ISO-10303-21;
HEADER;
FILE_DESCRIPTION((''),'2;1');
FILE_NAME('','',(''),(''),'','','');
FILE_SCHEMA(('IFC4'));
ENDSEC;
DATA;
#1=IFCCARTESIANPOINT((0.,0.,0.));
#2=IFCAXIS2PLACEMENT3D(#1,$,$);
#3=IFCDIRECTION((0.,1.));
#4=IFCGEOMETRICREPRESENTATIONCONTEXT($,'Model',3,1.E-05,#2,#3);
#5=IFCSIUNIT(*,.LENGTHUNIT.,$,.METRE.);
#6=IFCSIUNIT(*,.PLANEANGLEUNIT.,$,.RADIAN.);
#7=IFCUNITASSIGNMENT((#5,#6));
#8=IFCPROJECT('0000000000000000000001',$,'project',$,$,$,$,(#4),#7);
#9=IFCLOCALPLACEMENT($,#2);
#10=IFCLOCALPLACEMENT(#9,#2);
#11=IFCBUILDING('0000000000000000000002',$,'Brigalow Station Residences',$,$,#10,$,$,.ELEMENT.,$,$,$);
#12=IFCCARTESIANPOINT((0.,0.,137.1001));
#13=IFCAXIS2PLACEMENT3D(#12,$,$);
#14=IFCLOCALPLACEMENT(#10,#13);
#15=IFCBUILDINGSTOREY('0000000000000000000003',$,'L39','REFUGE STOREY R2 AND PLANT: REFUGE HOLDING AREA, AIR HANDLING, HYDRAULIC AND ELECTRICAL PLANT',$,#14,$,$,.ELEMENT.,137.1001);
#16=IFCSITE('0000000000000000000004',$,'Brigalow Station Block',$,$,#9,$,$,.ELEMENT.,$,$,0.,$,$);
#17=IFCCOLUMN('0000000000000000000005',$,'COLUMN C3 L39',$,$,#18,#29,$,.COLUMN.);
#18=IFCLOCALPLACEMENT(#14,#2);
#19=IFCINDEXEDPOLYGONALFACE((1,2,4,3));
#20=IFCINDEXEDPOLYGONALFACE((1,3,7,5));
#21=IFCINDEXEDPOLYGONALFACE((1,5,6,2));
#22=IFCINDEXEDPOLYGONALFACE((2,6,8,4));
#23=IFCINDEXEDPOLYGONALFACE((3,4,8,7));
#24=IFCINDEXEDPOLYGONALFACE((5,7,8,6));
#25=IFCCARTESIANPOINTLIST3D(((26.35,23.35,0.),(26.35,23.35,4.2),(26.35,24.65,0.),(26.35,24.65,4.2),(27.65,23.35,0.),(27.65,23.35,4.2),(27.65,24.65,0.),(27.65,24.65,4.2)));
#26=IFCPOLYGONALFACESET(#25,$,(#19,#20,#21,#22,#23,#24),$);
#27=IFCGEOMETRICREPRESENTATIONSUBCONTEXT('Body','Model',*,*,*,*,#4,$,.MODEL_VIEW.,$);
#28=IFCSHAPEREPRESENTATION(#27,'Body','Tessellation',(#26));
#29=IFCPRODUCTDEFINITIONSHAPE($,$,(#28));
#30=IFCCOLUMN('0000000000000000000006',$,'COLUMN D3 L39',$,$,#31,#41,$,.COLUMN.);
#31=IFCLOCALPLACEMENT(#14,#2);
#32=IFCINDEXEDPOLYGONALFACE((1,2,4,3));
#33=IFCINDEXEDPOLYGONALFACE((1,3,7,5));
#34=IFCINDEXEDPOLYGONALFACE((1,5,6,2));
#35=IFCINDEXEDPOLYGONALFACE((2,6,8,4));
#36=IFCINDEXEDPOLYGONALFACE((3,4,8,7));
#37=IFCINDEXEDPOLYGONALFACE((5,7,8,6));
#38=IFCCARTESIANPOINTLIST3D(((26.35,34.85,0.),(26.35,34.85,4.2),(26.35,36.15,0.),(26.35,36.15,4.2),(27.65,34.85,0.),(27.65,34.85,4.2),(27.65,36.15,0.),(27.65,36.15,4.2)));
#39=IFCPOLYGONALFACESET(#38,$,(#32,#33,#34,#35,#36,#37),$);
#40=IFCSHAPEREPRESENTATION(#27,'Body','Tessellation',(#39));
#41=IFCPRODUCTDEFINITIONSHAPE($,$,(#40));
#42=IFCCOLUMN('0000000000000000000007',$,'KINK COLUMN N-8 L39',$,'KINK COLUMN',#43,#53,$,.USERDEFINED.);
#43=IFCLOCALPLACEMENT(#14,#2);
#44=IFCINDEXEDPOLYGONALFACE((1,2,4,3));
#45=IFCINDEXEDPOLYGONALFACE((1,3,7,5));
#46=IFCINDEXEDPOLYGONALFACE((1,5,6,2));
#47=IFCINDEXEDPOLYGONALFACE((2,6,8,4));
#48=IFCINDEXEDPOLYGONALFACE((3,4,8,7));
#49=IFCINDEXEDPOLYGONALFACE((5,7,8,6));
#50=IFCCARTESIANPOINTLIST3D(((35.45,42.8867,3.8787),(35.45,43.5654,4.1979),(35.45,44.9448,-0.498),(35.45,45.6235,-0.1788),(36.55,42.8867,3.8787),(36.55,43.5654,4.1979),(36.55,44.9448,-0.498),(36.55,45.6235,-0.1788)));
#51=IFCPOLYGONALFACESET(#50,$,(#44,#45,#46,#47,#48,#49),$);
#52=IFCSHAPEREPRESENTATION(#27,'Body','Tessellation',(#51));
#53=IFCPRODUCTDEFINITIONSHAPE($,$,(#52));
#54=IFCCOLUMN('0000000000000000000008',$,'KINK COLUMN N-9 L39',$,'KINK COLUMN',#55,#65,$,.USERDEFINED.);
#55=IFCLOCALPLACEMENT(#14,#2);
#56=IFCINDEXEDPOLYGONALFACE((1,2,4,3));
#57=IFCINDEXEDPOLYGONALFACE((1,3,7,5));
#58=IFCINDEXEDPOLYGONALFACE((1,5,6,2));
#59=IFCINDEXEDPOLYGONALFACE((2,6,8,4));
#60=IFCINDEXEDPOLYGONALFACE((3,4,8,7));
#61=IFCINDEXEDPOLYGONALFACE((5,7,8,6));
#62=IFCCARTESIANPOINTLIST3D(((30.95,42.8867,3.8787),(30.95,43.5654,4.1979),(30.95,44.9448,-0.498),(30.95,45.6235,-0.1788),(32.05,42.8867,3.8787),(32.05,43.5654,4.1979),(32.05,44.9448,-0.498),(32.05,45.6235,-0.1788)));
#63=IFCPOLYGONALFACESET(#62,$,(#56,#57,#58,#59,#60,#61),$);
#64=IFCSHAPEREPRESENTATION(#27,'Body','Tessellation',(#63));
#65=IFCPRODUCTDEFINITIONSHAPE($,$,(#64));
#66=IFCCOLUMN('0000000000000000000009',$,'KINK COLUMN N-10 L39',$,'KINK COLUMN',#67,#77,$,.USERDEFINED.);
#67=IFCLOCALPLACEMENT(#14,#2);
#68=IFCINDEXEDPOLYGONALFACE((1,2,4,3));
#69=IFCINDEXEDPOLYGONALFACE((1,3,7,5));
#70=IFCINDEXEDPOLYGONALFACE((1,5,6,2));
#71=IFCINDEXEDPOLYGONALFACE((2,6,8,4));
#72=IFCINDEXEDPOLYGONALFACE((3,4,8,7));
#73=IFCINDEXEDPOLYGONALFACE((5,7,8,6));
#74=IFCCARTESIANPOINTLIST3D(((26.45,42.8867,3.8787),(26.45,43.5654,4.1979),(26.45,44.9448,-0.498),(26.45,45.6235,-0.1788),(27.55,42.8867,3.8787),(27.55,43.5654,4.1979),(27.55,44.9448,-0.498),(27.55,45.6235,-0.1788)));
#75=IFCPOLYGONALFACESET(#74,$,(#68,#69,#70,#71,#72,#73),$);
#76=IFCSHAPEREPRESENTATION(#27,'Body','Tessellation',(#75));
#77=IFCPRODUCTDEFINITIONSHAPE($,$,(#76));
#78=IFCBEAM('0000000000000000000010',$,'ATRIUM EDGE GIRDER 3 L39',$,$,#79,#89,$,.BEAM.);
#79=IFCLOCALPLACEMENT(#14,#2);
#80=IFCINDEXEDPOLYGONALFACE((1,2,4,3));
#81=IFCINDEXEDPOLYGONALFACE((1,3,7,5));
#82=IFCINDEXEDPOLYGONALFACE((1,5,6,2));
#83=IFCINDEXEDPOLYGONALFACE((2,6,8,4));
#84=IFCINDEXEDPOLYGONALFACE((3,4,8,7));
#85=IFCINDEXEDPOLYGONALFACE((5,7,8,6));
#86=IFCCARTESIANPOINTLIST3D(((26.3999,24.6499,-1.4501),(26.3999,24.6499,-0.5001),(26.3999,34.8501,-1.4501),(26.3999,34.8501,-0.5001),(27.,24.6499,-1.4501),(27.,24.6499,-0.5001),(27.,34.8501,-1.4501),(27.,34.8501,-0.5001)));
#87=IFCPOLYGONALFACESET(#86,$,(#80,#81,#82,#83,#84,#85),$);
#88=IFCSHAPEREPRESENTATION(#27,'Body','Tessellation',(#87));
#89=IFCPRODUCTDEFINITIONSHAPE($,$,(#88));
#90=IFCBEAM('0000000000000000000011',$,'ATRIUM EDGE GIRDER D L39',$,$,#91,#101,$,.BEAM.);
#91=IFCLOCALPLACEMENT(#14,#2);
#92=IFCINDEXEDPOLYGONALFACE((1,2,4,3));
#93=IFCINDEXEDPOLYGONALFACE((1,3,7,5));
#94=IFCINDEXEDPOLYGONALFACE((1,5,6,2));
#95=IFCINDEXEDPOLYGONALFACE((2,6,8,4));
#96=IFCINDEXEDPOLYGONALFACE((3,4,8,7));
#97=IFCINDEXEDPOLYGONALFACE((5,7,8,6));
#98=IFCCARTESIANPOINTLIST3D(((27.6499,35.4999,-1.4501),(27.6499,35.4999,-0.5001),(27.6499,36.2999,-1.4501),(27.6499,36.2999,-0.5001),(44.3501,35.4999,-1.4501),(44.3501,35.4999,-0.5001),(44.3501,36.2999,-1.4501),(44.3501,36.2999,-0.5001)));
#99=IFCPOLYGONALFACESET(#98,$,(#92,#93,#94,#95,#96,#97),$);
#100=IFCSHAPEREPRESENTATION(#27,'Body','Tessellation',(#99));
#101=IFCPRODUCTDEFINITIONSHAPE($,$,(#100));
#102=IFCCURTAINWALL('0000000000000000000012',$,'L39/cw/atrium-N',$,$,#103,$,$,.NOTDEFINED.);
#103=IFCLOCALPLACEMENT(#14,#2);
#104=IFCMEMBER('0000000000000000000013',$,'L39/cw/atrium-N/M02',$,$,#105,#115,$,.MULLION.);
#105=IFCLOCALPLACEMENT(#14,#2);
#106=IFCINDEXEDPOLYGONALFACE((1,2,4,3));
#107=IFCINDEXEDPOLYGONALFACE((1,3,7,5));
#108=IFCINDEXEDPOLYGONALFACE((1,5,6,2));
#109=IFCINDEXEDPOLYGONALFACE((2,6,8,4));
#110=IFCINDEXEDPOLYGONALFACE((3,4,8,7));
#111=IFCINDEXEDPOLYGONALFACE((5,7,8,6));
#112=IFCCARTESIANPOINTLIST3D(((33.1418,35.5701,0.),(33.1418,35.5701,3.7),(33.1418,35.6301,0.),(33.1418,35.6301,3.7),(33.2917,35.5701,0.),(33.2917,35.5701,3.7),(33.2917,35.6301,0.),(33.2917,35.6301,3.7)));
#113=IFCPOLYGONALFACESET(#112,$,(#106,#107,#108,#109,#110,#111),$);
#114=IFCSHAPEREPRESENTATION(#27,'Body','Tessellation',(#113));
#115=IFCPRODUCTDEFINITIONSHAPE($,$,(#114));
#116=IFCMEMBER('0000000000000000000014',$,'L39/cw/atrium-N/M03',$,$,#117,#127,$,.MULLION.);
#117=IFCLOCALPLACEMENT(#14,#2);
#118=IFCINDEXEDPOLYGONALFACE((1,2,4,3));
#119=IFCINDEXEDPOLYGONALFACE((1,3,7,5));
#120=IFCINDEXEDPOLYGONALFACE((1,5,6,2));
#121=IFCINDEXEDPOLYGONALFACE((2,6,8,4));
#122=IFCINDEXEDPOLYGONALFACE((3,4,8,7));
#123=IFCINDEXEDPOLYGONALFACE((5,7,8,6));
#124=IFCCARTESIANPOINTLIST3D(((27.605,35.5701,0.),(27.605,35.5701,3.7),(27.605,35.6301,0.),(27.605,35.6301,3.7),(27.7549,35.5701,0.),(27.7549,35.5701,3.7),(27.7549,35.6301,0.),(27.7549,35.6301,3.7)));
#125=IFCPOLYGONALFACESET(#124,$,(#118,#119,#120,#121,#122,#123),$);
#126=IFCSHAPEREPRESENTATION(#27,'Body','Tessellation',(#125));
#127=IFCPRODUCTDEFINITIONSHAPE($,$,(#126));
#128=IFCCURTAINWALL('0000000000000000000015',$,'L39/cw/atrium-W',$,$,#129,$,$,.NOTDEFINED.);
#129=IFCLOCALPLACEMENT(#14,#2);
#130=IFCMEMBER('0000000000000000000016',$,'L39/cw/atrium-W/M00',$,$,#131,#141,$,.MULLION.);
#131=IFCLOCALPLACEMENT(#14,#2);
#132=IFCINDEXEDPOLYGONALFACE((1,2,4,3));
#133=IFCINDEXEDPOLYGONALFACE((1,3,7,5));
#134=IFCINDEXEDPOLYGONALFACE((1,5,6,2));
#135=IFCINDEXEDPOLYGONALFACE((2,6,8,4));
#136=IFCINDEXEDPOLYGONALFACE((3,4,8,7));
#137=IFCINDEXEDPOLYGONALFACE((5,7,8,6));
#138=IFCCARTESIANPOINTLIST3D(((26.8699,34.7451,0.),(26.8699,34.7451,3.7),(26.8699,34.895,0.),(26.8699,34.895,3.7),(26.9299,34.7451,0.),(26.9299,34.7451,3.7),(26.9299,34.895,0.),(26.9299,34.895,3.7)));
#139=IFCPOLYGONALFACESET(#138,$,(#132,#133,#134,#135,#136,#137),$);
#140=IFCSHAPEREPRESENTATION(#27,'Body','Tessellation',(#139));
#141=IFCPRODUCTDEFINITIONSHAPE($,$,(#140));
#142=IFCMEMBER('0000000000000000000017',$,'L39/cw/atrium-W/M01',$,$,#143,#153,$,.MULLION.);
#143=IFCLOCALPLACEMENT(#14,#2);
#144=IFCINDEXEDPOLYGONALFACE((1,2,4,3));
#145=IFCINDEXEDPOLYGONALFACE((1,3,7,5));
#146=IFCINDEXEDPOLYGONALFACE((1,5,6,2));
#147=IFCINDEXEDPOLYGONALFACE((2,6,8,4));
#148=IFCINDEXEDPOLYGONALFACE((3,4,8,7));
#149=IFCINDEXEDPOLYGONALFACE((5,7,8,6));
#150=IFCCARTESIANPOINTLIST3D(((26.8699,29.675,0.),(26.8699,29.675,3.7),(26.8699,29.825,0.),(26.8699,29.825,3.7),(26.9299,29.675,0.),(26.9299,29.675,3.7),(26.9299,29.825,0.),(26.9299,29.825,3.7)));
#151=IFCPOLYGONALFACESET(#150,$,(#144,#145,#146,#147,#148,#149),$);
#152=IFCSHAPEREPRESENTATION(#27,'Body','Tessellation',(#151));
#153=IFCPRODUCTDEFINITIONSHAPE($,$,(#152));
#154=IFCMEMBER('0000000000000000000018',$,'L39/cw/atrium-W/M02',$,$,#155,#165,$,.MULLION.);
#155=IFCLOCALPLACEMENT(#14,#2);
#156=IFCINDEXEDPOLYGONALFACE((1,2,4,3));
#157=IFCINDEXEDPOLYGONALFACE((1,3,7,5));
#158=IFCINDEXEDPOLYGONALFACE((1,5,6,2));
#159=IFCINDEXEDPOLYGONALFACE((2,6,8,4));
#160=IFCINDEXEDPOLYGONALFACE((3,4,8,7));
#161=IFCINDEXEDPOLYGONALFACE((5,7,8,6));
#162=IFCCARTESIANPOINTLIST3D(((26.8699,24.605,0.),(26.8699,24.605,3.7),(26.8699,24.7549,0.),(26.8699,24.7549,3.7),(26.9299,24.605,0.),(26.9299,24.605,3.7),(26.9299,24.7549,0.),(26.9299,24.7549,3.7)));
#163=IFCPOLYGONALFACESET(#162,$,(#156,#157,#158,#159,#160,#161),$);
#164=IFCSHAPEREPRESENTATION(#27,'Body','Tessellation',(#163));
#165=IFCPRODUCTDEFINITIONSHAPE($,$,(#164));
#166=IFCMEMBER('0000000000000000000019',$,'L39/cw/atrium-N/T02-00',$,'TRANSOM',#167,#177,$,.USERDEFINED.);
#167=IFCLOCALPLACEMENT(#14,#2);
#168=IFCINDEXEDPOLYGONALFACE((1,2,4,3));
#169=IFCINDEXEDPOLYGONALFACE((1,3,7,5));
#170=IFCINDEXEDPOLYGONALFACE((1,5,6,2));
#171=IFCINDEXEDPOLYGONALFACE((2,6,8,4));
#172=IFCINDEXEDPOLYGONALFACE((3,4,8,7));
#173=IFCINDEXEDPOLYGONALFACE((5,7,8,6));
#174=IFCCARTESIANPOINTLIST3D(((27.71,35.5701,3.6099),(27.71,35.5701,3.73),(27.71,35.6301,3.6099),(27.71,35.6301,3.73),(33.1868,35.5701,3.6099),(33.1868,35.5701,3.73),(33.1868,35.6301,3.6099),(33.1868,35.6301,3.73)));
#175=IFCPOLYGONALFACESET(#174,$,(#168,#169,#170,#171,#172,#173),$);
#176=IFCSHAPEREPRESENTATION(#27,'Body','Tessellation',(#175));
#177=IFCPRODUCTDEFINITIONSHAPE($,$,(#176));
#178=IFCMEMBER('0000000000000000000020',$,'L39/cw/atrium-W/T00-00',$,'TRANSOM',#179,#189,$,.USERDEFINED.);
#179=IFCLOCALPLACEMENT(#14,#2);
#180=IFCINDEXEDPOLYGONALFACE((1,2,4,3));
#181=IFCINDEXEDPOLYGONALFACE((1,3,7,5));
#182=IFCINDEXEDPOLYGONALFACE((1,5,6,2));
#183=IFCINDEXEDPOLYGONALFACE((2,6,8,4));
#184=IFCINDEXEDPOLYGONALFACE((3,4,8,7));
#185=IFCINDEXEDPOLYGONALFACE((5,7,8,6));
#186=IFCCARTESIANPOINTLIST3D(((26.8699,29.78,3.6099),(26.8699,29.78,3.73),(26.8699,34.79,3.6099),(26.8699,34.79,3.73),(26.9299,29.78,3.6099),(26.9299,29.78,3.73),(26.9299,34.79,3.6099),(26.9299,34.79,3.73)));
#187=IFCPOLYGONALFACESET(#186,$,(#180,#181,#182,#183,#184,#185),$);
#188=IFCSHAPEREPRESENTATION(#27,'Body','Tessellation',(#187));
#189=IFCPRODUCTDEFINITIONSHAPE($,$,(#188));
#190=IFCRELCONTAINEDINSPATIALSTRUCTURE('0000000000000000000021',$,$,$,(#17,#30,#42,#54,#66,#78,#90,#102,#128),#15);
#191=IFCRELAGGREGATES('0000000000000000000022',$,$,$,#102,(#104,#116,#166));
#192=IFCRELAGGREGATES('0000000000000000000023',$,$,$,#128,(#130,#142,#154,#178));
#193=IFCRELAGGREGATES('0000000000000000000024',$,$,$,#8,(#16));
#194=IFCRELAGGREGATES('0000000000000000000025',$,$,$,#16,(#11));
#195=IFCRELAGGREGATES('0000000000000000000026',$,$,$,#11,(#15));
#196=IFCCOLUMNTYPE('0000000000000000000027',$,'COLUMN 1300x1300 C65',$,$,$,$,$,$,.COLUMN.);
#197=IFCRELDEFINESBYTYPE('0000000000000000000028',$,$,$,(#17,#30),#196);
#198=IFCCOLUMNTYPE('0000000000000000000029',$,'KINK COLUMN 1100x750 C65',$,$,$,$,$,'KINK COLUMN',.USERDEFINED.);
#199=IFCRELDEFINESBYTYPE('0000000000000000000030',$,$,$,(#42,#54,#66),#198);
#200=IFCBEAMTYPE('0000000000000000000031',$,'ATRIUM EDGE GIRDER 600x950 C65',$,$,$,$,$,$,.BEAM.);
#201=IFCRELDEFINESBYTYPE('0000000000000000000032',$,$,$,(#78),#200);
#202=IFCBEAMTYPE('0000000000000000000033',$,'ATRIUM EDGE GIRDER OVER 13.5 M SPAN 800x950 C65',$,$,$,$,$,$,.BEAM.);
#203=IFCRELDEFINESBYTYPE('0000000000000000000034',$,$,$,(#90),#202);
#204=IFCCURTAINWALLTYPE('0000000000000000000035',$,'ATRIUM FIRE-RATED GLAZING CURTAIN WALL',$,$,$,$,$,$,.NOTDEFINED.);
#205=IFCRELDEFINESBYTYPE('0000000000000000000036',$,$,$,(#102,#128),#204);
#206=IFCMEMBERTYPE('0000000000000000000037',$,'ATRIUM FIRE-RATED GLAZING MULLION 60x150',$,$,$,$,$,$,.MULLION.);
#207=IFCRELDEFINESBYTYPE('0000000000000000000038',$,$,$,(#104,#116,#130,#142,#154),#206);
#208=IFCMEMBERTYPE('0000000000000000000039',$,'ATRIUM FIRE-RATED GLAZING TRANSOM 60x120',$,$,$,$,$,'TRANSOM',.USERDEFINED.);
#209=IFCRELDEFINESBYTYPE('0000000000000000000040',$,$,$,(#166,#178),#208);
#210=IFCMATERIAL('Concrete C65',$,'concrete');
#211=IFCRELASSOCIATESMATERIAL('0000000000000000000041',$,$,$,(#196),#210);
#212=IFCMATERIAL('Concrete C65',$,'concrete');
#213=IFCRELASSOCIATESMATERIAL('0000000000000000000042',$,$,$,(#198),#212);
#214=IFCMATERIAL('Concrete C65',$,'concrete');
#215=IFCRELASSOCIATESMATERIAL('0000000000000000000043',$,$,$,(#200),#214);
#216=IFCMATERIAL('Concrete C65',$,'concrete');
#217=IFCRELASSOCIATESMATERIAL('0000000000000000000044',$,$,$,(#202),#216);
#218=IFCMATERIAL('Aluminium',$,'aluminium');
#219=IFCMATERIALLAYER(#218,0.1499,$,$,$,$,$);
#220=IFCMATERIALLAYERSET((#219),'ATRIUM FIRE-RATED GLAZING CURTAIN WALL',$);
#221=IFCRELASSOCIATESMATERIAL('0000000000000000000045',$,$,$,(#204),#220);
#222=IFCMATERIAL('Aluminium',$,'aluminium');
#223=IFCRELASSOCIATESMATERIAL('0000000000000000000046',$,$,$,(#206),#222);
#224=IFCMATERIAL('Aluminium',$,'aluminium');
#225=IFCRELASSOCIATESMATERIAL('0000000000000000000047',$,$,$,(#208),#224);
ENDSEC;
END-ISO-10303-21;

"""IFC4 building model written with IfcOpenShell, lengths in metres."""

from ifc_helpers import new_model, si_unit, direction, frame, origin, origin_2d, place, context, subcontext, project, spatial, rectangle, extrude, material, layer, layer_set, material_profile, profile_set, type_object, element, aggregate, save


model = new_model("IFC4")

# Units and contexts
model_context = context("Model", 3, precision=1e-05, world=origin(), true_north=direction((0.0, 1.0)))
body_context = subcontext(model_context, "Body", "Model", "MODEL_VIEW")
ifc_project = project(units=[si_unit("LENGTHUNIT", "METRE"), si_unit("PLANEANGLEUNIT", "RADIAN")], contexts=[model_context])

# Site, building, storey
site_placement = place(None, origin())
site = spatial("IfcSite", under=ifc_project, at=site_placement, Name="Brigalow Station Block", CompositionType="ELEMENT", RefElevation=0.0)
building_placement = place(site_placement, origin())
building = spatial("IfcBuilding", under=site, at=building_placement, Name="Brigalow Station Residences", CompositionType="ELEMENT")
storey_placement = place(building_placement, frame((0.0, 0.0, 137.1001)))
storey = spatial("IfcBuildingStorey", under=building, at=storey_placement, Name="L39", Description="REFUGE STOREY R2 AND PLANT: REFUGE HOLDING AREA, AIR HANDLING, HYDRAULIC AND ELECTRICAL PLANT", CompositionType="ELEMENT", Elevation=137.1001)

# Columns
ifc_material_1 = material(Name="Concrete C65", Category="concrete")
ifc_material_profile_1 = material_profile(ifc_material_1, rectangle(XDim=1.3, YDim=1.3, at=origin_2d()), Name="RC1300x1300")
ifc_profile_set_1 = profile_set([ifc_material_profile_1], Name="Concrete C65")
column_type_1 = type_object("IfcColumnType", Name="COLUMN 1300x1300 C65", PredefinedType="COLUMN", material=ifc_profile_set_1)
for number, where, z_axis, x_axis, name in (
    (1, (27.0, 24.0, 0.0), (0.0, 0.0, 1.0), (1.0, 0.0, 0.0), "COLUMN C3 L39"),
    (2, (27.0, 35.5, 0.0), (0.0, 0.0, 1.0), (1.0, 0.0, 0.0), "COLUMN D3 L39"),
):
    element("IfcColumn", number, at=place(storey_placement, frame(where, z_axis=z_axis, x_axis=x_axis)), inside=storey, type_object=column_type_1, Name=name, PredefinedType="COLUMN", context=body_context, shape_type="SweptSolid", body=[
        extrude(rectangle(XDim=1.3, YDim=1.3, at=origin_2d()), origin(), (0.0, 0.0, 1.0), 4.2),
    ])
ifc_material_2 = material(Name="Concrete C65", Category="concrete")
ifc_material_profile_2 = material_profile(ifc_material_2, rectangle(XDim=1.1001, YDim=0.75, at=origin_2d()), Name="RC1100x750")
ifc_profile_set_2 = profile_set([ifc_material_profile_2], Name="Concrete C65")
column_type_2 = type_object("IfcColumnType", Name="KINK COLUMN 1100x750 C65", ElementType="KINK COLUMN", PredefinedType="USERDEFINED", material=ifc_profile_set_2)
for number, where, z_axis, x_axis, name in (
    (3, (36.0, 45.2842, -0.3384), (0.0, -0.425539, 0.90494), (1.0, 0.0, 0.0), "KINK COLUMN N-8 L39"),
    (4, (31.5, 45.2842, -0.3384), (0.0, -0.425539, 0.90494), (1.0, 0.0, 0.0), "KINK COLUMN N-9 L39"),
    (5, (27.0, 45.2842, -0.3384), (0.0, -0.425539, 0.90494), (1.0, 0.0, 0.0), "KINK COLUMN N-10 L39"),
):
    element("IfcColumn", number, at=place(storey_placement, frame(where, z_axis=z_axis, x_axis=x_axis)), inside=storey, type_object=column_type_2, Name=name, ObjectType="KINK COLUMN", PredefinedType="USERDEFINED", context=body_context, shape_type="SweptSolid", body=[
        extrude(rectangle(XDim=1.1001, YDim=0.75, at=origin_2d()), origin(), (0.0, 0.0, 1.0), 4.8364),
    ])

# Beams
ifc_material_3 = material(Name="Concrete C65", Category="concrete")
ifc_material_profile_3 = material_profile(ifc_material_3, rectangle(XDim=0.6001, YDim=0.95, at=origin_2d()), Name="RC600x950")
ifc_profile_set_3 = profile_set([ifc_material_profile_3], Name="Concrete C65")
beam_type_1 = type_object("IfcBeamType", Name="ATRIUM EDGE GIRDER 600x950 C65", PredefinedType="BEAM", material=ifc_profile_set_3)
beam_1_placement = place(storey_placement, frame((26.7, 24.6499, -0.9751), z_axis=(0.0, 1.0, 0.0), x_axis=(-1.0, 0.0, 0.0)))
element("IfcBeam", 6, at=beam_1_placement, inside=storey, type_object=beam_type_1, Name="ATRIUM EDGE GIRDER 3 L39", PredefinedType="BEAM", context=body_context, shape_type="SweptSolid", body=[
    extrude(rectangle(XDim=0.6001, YDim=0.95, at=origin_2d()), origin(), (0.0, 0.0, 1.0), 10.2002),
])
ifc_material_4 = material(Name="Concrete C65", Category="concrete")
ifc_material_profile_4 = material_profile(ifc_material_4, rectangle(XDim=0.8, YDim=0.95, at=origin_2d()), Name="RC800x950")
ifc_profile_set_4 = profile_set([ifc_material_profile_4], Name="Concrete C65")
beam_type_2 = type_object("IfcBeamType", Name="ATRIUM EDGE GIRDER OVER 13.5 M SPAN 800x950 C65", PredefinedType="BEAM", material=ifc_profile_set_4)
beam_2_placement = place(storey_placement, frame((27.6499, 35.8999, -0.9751), z_axis=(1.0, 0.0, 0.0), x_axis=(0.0, 1.0, 0.0)))
element("IfcBeam", 7, at=beam_2_placement, inside=storey, type_object=beam_type_2, Name="ATRIUM EDGE GIRDER D L39", PredefinedType="BEAM", context=body_context, shape_type="SweptSolid", body=[
    extrude(rectangle(XDim=0.8, YDim=0.95, at=origin_2d()), origin(), (0.0, 0.0, 1.0), 16.7002),
])

# Curtain walls, members
ifc_material_5 = material(Name="Aluminium", Category="aluminium")
ifc_layer_1 = layer(ifc_material_5, 0.1499)
ifc_layer_set_1 = layer_set([ifc_layer_1], Name="ATRIUM FIRE-RATED GLAZING CURTAIN WALL")
curtain_wall_type_1 = type_object("IfcCurtainWallType", Name="ATRIUM FIRE-RATED GLAZING CURTAIN WALL", PredefinedType="NOTDEFINED", material=ifc_layer_set_1)
curtain_wall_1_placement = place(storey_placement, origin())
curtain_wall_1 = element("IfcCurtainWall", 8, at=curtain_wall_1_placement, inside=storey, type_object=curtain_wall_type_1, Name="L39/cw/atrium-N", PredefinedType="NOTDEFINED")
ifc_material_6 = material(Name="Aluminium", Category="aluminium")
ifc_material_profile_5 = material_profile(ifc_material_6, rectangle(XDim=0.0601, YDim=0.1499, at=origin_2d()), Name="ATRIUM FIRE-RATED GLAZING MULLION 60x150")
ifc_profile_set_5 = profile_set([ifc_material_profile_5], Name="Aluminium")
member_type_1 = type_object("IfcMemberType", Name="ATRIUM FIRE-RATED GLAZING MULLION 60x150", PredefinedType="MULLION", material=ifc_profile_set_5)
member_1_placement = place(storey_placement, frame((33.2168, 35.6001, 0.0), z_axis=(0.0, 0.0, 1.0), x_axis=(0.0, -1.0, 0.0)))
member_1 = element("IfcMember", 9, at=member_1_placement, type_object=member_type_1, Name="L39/cw/atrium-N/M02", PredefinedType="MULLION", context=body_context, shape_type="SweptSolid", body=[
    extrude(rectangle(XDim=0.0601, YDim=0.1499, at=origin_2d()), origin(), (0.0, 0.0, 1.0), 3.7),
])
member_2_placement = place(storey_placement, frame((27.6799, 35.6001, 0.0), z_axis=(0.0, 0.0, 1.0), x_axis=(0.0, -1.0, 0.0)))
member_2 = element("IfcMember", 10, at=member_2_placement, type_object=member_type_1, Name="L39/cw/atrium-N/M03", PredefinedType="MULLION", context=body_context, shape_type="SweptSolid", body=[
    extrude(rectangle(XDim=0.0601, YDim=0.1499, at=origin_2d()), origin(), (0.0, 0.0, 1.0), 3.7),
])
curtain_wall_2_placement = place(storey_placement, origin())
curtain_wall_2 = element("IfcCurtainWall", 11, at=curtain_wall_2_placement, inside=storey, type_object=curtain_wall_type_1, Name="L39/cw/atrium-W", PredefinedType="NOTDEFINED")
member_3_placement = place(storey_placement, frame((26.8999, 34.8201, 0.0), z_axis=(0.0, 0.0, 1.0), x_axis=(1.0, 0.0, 0.0)))
member_3 = element("IfcMember", 12, at=member_3_placement, type_object=member_type_1, Name="L39/cw/atrium-W/M00", PredefinedType="MULLION", context=body_context, shape_type="SweptSolid", body=[
    extrude(rectangle(XDim=0.0601, YDim=0.1499, at=origin_2d()), origin(), (0.0, 0.0, 1.0), 3.7),
])
member_4_placement = place(storey_placement, frame((26.8999, 29.75, 0.0), z_axis=(0.0, 0.0, 1.0), x_axis=(1.0, 0.0, 0.0)))
member_4 = element("IfcMember", 13, at=member_4_placement, type_object=member_type_1, Name="L39/cw/atrium-W/M01", PredefinedType="MULLION", context=body_context, shape_type="SweptSolid", body=[
    extrude(rectangle(XDim=0.0601, YDim=0.1499, at=origin_2d()), origin(), (0.0, 0.0, 1.0), 3.7),
])
member_5_placement = place(storey_placement, frame((26.8999, 24.6799, 0.0), z_axis=(0.0, 0.0, 1.0), x_axis=(1.0, 0.0, 0.0)))
member_5 = element("IfcMember", 14, at=member_5_placement, type_object=member_type_1, Name="L39/cw/atrium-W/M02", PredefinedType="MULLION", context=body_context, shape_type="SweptSolid", body=[
    extrude(rectangle(XDim=0.0601, YDim=0.1499, at=origin_2d()), origin(), (0.0, 0.0, 1.0), 3.7),
])

# Members
ifc_material_7 = material(Name="Aluminium", Category="aluminium")
ifc_material_profile_6 = material_profile(ifc_material_7, rectangle(XDim=0.0601, YDim=0.1201, at=origin_2d()), Name="ATRIUM FIRE-RATED GLAZING TRANSOM 60x120")
ifc_profile_set_6 = profile_set([ifc_material_profile_6], Name="Aluminium")
member_type_2 = type_object("IfcMemberType", Name="ATRIUM FIRE-RATED GLAZING TRANSOM 60x120", ElementType="TRANSOM", PredefinedType="USERDEFINED", material=ifc_profile_set_6)
member_6_placement = place(storey_placement, frame((33.1868, 35.6001, 3.6699), z_axis=(-1.0, 0.0, 0.0), x_axis=(0.0, -1.0, 0.0)))
member_6 = element("IfcMember", 15, at=member_6_placement, type_object=member_type_2, Name="L39/cw/atrium-N/T02-00", ObjectType="TRANSOM", PredefinedType="USERDEFINED", context=body_context, shape_type="SweptSolid", body=[
    extrude(rectangle(XDim=0.0601, YDim=0.1201, at=origin_2d()), origin(), (0.0, 0.0, 1.0), 5.4768),
])
member_7_placement = place(storey_placement, frame((26.8999, 34.79, 3.6699), z_axis=(0.0, -1.0, 0.0), x_axis=(1.0, 0.0, 0.0)))
member_7 = element("IfcMember", 16, at=member_7_placement, type_object=member_type_2, Name="L39/cw/atrium-W/T00-00", ObjectType="TRANSOM", PredefinedType="USERDEFINED", context=body_context, shape_type="SweptSolid", body=[
    extrude(rectangle(XDim=0.0601, YDim=0.1201, at=origin_2d()), origin(), (0.0, 0.0, 1.0), 5.01),
])

aggregate(curtain_wall_1, [member_1, member_2, member_6])
aggregate(curtain_wall_2, [member_3, member_4, member_5, member_7])

save(model, "model.ifc")
